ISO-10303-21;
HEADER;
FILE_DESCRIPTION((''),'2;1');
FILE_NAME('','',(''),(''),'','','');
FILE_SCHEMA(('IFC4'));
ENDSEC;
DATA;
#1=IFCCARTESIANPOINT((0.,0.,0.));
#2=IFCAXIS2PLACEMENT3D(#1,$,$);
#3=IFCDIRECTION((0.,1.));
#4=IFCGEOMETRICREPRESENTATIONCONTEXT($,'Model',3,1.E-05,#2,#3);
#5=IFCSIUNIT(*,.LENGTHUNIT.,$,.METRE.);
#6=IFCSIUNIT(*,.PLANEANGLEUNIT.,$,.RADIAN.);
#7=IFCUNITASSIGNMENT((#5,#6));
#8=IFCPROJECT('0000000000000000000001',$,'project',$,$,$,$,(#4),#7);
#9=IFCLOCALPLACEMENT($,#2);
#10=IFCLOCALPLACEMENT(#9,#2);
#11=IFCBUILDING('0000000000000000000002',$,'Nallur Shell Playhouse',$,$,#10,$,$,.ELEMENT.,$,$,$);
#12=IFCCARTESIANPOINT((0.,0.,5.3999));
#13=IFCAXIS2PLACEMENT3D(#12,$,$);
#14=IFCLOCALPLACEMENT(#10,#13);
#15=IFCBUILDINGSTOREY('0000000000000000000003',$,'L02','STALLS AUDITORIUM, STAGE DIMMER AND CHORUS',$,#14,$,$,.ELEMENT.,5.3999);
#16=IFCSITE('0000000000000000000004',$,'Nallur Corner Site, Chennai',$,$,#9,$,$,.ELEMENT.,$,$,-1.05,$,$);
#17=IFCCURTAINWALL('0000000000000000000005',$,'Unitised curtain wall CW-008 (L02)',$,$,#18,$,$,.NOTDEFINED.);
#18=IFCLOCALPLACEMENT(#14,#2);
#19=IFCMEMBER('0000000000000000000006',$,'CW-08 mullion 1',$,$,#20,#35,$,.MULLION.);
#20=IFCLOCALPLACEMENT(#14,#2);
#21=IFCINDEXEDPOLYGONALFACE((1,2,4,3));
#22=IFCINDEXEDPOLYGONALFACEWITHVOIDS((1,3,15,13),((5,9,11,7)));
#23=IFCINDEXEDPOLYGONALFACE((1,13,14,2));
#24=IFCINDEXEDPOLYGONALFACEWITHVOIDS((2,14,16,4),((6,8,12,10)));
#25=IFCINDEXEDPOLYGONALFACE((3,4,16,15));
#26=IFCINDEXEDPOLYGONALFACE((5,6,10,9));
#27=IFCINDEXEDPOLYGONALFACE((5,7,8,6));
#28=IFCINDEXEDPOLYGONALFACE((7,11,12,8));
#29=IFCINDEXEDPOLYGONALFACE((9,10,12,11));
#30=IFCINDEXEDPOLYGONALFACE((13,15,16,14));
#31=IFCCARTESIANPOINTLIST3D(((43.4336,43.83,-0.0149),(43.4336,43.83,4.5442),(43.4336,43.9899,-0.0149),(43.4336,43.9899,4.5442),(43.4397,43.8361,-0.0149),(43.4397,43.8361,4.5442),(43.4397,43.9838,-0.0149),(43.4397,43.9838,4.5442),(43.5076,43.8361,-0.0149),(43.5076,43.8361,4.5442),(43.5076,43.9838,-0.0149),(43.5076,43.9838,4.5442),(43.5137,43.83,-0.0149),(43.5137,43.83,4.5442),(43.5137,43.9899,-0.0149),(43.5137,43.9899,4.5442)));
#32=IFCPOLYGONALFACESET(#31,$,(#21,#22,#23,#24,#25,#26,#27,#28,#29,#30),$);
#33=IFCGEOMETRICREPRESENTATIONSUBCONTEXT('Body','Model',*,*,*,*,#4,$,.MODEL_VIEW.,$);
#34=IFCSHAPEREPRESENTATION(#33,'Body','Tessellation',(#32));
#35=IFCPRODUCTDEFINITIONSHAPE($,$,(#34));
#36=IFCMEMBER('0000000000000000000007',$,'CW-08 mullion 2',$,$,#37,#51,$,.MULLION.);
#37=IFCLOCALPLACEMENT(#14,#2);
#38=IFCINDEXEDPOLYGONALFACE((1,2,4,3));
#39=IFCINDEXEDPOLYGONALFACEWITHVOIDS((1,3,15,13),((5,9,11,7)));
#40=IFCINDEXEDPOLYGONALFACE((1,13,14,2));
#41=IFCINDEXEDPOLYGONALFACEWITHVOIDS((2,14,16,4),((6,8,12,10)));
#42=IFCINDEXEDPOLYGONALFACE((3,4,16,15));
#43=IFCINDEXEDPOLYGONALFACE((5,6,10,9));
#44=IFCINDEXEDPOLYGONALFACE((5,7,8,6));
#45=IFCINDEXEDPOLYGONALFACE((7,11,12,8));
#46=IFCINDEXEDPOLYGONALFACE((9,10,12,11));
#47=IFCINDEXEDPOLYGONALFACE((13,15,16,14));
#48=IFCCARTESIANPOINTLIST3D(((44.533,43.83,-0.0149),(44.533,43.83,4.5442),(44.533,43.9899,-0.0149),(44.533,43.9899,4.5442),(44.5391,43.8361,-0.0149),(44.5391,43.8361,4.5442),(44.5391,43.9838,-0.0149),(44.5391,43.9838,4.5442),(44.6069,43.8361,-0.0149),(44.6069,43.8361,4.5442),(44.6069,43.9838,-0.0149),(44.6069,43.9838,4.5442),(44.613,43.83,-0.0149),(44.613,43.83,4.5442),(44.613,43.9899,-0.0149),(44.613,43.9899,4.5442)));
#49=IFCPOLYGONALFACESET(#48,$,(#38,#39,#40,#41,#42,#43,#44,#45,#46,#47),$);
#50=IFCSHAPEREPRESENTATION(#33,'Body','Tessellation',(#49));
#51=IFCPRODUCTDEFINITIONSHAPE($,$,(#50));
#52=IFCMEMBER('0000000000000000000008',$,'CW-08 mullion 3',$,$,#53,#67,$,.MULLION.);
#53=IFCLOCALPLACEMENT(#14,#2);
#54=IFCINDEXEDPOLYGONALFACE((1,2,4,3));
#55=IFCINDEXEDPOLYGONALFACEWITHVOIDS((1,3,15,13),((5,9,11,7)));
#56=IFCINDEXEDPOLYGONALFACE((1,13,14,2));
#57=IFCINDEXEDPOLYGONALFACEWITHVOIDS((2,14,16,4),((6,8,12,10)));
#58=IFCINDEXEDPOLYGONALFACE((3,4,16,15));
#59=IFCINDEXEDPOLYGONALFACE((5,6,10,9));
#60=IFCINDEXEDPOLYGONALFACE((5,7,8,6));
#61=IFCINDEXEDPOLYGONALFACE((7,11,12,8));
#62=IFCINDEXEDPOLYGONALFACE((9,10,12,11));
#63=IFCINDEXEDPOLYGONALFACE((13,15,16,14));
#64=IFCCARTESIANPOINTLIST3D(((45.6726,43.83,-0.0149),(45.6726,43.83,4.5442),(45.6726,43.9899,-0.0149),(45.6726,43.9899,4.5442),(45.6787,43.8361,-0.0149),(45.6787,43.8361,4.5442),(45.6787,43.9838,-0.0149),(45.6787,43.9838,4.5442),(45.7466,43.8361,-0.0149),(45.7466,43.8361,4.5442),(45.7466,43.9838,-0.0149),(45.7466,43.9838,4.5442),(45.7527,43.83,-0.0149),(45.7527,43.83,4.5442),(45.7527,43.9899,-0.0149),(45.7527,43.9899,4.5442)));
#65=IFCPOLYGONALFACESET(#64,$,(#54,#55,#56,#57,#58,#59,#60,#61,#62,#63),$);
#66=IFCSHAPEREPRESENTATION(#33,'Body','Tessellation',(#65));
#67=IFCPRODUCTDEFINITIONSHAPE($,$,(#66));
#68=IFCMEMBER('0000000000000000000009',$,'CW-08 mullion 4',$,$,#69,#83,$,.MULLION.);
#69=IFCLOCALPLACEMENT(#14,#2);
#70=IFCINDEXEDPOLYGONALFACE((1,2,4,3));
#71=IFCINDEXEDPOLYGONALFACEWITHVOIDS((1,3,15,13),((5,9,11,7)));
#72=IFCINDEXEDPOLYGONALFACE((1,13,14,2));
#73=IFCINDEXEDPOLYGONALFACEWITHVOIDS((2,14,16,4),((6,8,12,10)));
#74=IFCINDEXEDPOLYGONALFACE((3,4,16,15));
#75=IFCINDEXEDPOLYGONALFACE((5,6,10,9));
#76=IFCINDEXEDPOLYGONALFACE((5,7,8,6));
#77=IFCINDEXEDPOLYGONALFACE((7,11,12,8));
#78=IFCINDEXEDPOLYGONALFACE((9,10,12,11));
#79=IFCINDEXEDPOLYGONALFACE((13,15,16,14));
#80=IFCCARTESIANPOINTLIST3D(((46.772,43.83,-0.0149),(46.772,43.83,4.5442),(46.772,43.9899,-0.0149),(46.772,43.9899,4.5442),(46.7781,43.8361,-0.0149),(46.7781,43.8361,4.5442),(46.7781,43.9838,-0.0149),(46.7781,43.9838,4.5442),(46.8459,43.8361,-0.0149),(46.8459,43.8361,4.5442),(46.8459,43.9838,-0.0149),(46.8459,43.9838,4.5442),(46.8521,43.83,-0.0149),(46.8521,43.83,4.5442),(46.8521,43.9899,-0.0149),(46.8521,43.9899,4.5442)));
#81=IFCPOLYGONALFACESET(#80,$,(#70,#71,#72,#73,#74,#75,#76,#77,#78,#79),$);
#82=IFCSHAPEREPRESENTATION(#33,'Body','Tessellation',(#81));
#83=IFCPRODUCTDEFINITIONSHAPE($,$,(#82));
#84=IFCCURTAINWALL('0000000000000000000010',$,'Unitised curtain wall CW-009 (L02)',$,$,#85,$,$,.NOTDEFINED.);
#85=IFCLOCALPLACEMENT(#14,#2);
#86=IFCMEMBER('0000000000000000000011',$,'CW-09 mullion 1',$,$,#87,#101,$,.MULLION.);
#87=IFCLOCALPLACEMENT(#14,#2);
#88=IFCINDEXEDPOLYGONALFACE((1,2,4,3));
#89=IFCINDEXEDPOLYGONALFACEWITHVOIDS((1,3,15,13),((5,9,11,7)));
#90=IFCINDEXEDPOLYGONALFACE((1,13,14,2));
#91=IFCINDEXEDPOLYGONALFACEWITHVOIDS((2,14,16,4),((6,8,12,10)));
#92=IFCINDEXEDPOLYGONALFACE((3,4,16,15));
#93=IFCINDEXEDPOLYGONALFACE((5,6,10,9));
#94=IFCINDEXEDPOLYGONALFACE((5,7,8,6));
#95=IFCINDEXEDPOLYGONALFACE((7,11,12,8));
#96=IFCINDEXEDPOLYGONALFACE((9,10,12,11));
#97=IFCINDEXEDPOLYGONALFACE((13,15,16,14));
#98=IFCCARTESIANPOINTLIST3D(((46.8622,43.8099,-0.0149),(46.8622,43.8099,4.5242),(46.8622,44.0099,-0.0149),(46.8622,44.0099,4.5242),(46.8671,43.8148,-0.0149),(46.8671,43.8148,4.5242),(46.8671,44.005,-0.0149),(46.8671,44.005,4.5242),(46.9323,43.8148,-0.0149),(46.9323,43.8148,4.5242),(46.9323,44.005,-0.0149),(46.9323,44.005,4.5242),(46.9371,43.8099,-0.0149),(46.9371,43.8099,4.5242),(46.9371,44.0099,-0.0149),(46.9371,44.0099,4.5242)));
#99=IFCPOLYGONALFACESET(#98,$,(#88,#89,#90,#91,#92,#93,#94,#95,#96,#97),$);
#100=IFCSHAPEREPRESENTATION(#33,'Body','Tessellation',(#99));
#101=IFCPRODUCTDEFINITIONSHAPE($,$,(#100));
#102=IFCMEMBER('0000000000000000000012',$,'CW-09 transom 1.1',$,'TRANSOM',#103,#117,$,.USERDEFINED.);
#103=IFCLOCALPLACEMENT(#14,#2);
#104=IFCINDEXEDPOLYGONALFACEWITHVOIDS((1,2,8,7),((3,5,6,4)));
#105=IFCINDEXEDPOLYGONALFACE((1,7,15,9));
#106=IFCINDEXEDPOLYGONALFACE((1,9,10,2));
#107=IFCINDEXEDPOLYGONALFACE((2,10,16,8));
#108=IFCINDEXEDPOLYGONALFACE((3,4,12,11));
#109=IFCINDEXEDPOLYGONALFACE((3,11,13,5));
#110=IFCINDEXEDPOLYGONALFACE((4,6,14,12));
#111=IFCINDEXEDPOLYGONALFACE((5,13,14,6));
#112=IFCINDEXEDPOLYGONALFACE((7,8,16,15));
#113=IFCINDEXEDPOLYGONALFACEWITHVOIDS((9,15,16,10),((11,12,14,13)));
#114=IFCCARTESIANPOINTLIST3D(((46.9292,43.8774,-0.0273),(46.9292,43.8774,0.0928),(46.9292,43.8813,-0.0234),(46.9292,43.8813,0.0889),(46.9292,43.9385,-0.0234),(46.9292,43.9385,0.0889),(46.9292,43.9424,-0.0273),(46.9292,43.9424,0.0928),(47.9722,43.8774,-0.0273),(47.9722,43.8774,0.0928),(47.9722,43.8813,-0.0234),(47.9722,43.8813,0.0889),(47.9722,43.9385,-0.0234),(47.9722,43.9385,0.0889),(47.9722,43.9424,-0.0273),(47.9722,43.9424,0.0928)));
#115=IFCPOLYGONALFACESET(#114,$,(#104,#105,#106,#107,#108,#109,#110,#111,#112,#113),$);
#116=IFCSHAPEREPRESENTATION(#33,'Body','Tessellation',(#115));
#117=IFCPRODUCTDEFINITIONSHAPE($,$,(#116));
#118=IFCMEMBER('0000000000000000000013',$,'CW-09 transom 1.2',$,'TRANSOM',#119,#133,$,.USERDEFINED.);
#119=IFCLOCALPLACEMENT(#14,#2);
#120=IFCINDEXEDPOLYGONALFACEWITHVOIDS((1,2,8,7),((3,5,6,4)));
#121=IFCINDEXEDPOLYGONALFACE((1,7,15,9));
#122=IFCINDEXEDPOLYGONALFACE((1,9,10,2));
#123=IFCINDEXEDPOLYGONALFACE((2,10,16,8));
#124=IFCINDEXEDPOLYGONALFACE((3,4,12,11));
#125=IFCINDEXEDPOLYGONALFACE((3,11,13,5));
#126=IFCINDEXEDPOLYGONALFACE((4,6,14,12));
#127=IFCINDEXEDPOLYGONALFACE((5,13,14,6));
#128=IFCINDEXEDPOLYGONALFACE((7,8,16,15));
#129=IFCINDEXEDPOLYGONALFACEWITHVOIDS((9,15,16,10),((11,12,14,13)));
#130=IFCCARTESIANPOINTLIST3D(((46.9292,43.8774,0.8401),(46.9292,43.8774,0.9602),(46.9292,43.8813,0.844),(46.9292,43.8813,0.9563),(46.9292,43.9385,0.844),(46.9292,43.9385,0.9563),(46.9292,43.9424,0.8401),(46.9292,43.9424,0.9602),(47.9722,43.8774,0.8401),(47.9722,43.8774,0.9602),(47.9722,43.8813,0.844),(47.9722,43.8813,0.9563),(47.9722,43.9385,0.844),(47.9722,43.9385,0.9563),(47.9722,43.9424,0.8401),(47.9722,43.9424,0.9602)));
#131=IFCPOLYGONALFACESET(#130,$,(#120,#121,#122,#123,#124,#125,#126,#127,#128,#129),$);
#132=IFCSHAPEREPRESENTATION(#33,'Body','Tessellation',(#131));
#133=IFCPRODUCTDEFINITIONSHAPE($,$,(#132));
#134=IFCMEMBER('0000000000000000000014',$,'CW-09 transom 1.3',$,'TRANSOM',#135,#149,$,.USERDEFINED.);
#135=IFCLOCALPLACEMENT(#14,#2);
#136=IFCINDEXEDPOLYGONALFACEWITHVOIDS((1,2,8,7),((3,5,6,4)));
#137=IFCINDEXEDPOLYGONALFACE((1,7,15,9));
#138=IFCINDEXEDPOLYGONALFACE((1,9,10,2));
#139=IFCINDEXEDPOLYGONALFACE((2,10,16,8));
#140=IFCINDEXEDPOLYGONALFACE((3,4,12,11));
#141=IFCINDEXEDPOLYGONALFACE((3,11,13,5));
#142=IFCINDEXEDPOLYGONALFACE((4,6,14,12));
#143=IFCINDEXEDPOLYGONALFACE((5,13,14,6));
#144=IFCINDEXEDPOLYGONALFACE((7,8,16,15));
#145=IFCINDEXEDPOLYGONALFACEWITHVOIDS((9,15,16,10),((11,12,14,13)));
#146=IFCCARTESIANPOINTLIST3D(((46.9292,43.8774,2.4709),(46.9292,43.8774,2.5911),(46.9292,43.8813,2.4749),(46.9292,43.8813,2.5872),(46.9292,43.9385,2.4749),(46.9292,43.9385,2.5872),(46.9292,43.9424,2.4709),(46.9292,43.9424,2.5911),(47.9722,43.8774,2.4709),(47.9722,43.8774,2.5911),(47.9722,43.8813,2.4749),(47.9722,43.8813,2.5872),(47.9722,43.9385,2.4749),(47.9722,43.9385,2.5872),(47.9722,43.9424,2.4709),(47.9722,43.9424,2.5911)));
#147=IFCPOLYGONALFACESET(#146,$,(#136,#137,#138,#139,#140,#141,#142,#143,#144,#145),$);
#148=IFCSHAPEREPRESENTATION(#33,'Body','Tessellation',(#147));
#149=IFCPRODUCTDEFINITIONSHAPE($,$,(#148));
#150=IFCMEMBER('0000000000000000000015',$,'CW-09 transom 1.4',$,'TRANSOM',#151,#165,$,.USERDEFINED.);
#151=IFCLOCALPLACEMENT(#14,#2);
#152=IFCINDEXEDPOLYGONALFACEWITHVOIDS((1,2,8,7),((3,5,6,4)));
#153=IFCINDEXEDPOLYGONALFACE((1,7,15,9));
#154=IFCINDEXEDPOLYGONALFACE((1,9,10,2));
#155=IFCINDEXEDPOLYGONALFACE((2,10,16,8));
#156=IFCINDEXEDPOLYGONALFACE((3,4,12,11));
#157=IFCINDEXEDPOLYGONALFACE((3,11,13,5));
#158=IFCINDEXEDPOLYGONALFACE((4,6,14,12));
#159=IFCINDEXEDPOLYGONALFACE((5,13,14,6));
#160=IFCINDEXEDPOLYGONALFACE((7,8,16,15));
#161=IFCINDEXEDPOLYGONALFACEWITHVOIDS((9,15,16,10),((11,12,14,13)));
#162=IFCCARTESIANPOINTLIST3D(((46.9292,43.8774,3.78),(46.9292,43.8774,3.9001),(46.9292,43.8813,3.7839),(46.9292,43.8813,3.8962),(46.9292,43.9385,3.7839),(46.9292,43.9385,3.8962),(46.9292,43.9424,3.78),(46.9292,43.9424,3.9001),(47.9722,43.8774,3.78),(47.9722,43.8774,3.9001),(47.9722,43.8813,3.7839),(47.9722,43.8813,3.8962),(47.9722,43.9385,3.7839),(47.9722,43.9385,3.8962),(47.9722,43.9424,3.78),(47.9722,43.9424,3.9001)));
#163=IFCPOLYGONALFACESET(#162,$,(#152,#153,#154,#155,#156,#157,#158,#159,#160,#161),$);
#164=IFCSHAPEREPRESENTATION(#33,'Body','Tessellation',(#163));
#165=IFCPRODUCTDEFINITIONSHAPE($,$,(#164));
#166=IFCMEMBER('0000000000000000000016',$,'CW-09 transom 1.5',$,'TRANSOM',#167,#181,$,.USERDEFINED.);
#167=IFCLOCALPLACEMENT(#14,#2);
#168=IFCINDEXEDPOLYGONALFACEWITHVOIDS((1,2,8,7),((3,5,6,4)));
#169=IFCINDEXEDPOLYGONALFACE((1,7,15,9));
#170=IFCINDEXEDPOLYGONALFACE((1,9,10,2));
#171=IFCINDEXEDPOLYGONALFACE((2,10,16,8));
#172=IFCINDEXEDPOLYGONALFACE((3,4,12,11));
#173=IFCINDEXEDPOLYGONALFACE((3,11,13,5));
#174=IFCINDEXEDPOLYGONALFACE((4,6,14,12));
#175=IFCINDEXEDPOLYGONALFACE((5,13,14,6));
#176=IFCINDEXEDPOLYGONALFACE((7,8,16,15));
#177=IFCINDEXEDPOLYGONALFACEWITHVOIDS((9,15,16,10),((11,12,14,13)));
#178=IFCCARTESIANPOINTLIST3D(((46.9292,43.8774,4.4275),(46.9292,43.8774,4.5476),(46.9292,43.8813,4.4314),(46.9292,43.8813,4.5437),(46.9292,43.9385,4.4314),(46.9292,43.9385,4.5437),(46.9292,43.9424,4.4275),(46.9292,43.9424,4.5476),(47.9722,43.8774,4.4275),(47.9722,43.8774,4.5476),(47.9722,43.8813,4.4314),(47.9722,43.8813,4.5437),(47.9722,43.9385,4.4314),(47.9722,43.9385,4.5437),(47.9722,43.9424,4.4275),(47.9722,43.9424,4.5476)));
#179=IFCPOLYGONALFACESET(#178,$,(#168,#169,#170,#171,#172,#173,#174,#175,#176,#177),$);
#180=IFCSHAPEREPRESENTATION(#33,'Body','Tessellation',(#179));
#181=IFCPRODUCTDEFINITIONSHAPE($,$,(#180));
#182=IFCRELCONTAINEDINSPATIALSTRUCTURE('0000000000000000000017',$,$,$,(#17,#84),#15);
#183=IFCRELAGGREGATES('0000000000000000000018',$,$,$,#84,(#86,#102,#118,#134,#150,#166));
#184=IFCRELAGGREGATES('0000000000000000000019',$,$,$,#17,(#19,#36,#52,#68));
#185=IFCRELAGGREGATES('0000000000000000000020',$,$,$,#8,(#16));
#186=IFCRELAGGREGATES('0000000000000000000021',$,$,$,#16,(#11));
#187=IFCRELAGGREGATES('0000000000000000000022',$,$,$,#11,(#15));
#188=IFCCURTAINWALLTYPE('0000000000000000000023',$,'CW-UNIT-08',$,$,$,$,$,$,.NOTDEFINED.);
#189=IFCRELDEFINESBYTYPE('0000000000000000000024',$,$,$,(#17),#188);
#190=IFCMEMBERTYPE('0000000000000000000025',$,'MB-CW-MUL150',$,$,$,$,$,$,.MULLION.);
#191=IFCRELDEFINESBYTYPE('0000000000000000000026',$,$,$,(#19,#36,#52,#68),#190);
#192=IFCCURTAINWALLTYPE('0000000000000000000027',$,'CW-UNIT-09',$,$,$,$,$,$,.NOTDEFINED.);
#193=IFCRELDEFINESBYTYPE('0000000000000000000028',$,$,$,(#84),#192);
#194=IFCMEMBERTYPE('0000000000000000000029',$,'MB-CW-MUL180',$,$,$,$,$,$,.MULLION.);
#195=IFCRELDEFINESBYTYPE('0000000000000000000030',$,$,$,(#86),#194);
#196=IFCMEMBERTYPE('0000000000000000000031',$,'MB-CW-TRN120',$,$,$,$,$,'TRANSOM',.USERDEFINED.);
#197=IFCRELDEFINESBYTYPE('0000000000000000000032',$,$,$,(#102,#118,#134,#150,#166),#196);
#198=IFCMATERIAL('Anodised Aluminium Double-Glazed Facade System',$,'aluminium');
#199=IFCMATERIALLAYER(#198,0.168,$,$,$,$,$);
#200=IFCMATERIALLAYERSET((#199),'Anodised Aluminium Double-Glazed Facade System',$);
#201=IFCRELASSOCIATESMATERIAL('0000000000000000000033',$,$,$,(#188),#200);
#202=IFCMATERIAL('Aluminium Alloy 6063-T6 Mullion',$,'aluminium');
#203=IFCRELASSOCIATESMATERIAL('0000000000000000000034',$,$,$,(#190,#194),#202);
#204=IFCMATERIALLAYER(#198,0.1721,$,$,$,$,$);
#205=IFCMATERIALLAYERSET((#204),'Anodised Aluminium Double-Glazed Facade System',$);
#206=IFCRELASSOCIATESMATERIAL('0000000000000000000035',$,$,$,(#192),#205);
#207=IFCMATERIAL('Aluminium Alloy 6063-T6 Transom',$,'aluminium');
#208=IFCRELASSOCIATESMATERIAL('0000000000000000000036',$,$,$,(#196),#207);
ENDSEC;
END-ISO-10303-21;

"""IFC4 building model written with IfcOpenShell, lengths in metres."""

from ifc_helpers import new_model, si_unit, direction, frame, origin, origin_2d, place, context, subcontext, project, spatial, hollow_rectangle, extrude, material, layer, layer_set, material_profile, profile_set, type_object, element, aggregate, save


model = new_model("IFC4")

# Units and contexts
model_context = context("Model", 3, precision=1e-05, world=origin(), true_north=direction((0.0, 1.0)))
body_context = subcontext(model_context, "Body", "Model", "MODEL_VIEW")
ifc_project = project(units=[si_unit("LENGTHUNIT", "METRE"), si_unit("PLANEANGLEUNIT", "RADIAN")], contexts=[model_context])

# Site, building, storey
site_placement = place(None, origin())
site = spatial("IfcSite", under=ifc_project, at=site_placement, Name="Nallur Corner Site, Chennai", CompositionType="ELEMENT", RefElevation=-1.05)
building_placement = place(site_placement, origin())
building = spatial("IfcBuilding", under=site, at=building_placement, Name="Nallur Shell Playhouse", CompositionType="ELEMENT")
storey_placement = place(building_placement, frame((0.0, 0.0, 5.3999)))
storey = spatial("IfcBuildingStorey", under=building, at=storey_placement, Name="L02", Description="STALLS AUDITORIUM, STAGE DIMMER AND CHORUS", CompositionType="ELEMENT", Elevation=5.3999)

# Curtain walls, members
ifc_material_1 = material(Name="Anodised Aluminium Double-Glazed Facade System", Category="aluminium")
ifc_layer_1 = layer(ifc_material_1, 0.168)
ifc_layer_set_1 = layer_set([ifc_layer_1], Name="Anodised Aluminium Double-Glazed Facade System")
curtain_wall_type_1 = type_object("IfcCurtainWallType", Name="CW-UNIT-08", PredefinedType="NOTDEFINED", material=ifc_layer_set_1)
curtain_wall_1_placement = place(storey_placement, origin())
curtain_wall_1 = element("IfcCurtainWall", 1, at=curtain_wall_1_placement, inside=storey, type_object=curtain_wall_type_1, Name="Unitised curtain wall CW-008 (L02)", PredefinedType="NOTDEFINED")
ifc_material_2 = material(Name="Aluminium Alloy 6063-T6 Mullion", Category="aluminium")
ifc_material_profile_1 = material_profile(ifc_material_2, hollow_rectangle(XDim=0.0801, YDim=0.1599, WallThickness=0.0061, at=origin_2d()), Name="RHS 160x80x6")
ifc_profile_set_1 = profile_set([ifc_material_profile_1], Name="Aluminium Alloy 6063-T6 Mullion")
member_type_1 = type_object("IfcMemberType", Name="MB-CW-MUL150", PredefinedType="MULLION", material=ifc_profile_set_1)
member_1_placement = place(storey_placement, frame((43.4736, 43.9099, -0.0149), z_axis=(0.0, 0.0, 1.0), x_axis=(1.0, 0.0, 0.0)))
member_1 = element("IfcMember", 2, at=member_1_placement, type_object=member_type_1, Name="CW-08 mullion 1", PredefinedType="MULLION", context=body_context, shape_type="SweptSolid", body=[
    extrude(hollow_rectangle(XDim=0.0801, YDim=0.1599, WallThickness=0.0061, at=origin_2d()), origin(), (0.0, 0.0, 1.0), 4.5591),
])
member_2_placement = place(storey_placement, frame((44.573, 43.9099, -0.0149), z_axis=(0.0, 0.0, 1.0), x_axis=(1.0, 0.0, 0.0)))
member_2 = element("IfcMember", 3, at=member_2_placement, type_object=member_type_1, Name="CW-08 mullion 2", PredefinedType="MULLION", context=body_context, shape_type="SweptSolid", body=[
    extrude(hollow_rectangle(XDim=0.0801, YDim=0.1599, WallThickness=0.0061, at=origin_2d()), origin(), (0.0, 0.0, 1.0), 4.5591),
])
member_3_placement = place(storey_placement, frame((45.7126, 43.9099, -0.0149), z_axis=(0.0, 0.0, 1.0), x_axis=(1.0, 0.0, 0.0)))
member_3 = element("IfcMember", 4, at=member_3_placement, type_object=member_type_1, Name="CW-08 mullion 3", PredefinedType="MULLION", context=body_context, shape_type="SweptSolid", body=[
    extrude(hollow_rectangle(XDim=0.0801, YDim=0.1599, WallThickness=0.0061, at=origin_2d()), origin(), (0.0, 0.0, 1.0), 4.5591),
])
member_4_placement = place(storey_placement, frame((46.812, 43.9099, -0.0149), z_axis=(0.0, 0.0, 1.0), x_axis=(1.0, 0.0, 0.0)))
member_4 = element("IfcMember", 5, at=member_4_placement, type_object=member_type_1, Name="CW-08 mullion 4", PredefinedType="MULLION", context=body_context, shape_type="SweptSolid", body=[
    extrude(hollow_rectangle(XDim=0.0801, YDim=0.1599, WallThickness=0.0061, at=origin_2d()), origin(), (0.0, 0.0, 1.0), 4.5591),
])
ifc_layer_2 = layer(ifc_material_1, 0.1721)
ifc_layer_set_2 = layer_set([ifc_layer_2], Name="Anodised Aluminium Double-Glazed Facade System")
curtain_wall_type_2 = type_object("IfcCurtainWallType", Name="CW-UNIT-09", PredefinedType="NOTDEFINED", material=ifc_layer_set_2)
curtain_wall_2_placement = place(storey_placement, origin())
curtain_wall_2 = element("IfcCurtainWall", 6, at=curtain_wall_2_placement, inside=storey, type_object=curtain_wall_type_2, Name="Unitised curtain wall CW-009 (L02)", PredefinedType="NOTDEFINED")
ifc_material_profile_2 = material_profile(ifc_material_2, hollow_rectangle(XDim=0.075, YDim=0.2, WallThickness=0.0049, at=origin_2d()), Name="ALU 75x200x5")
ifc_profile_set_2 = profile_set([ifc_material_profile_2], Name="Aluminium Alloy 6063-T6 Mullion")
member_type_2 = type_object("IfcMemberType", Name="MB-CW-MUL180", PredefinedType="MULLION", material=ifc_profile_set_2)
member_5_placement = place(storey_placement, frame((46.8997, 43.9099, -0.0149), z_axis=(0.0, 0.0, 1.0), x_axis=(1.0, 0.0, 0.0)))
member_5 = element("IfcMember", 7, at=member_5_placement, type_object=member_type_2, Name="CW-09 mullion 1", PredefinedType="MULLION", context=body_context, shape_type="SweptSolid", body=[
    extrude(hollow_rectangle(XDim=0.075, YDim=0.2, WallThickness=0.0049, at=origin_2d()), origin(), (0.0, 0.0, 1.0), 4.5391),
])
ifc_material_3 = material(Name="Aluminium Alloy 6063-T6 Transom", Category="aluminium")
ifc_material_profile_3 = material_profile(ifc_material_3, hollow_rectangle(XDim=0.0649, YDim=0.1201, WallThickness=0.0039, at=origin_2d()), Name="ALU 65x120x4")
ifc_profile_set_3 = profile_set([ifc_material_profile_3], Name="Aluminium Alloy 6063-T6 Transom")
member_type_3 = type_object("IfcMemberType", Name="MB-CW-TRN120", ElementType="TRANSOM", PredefinedType="USERDEFINED", material=ifc_profile_set_3)
member_6_placement = place(storey_placement, frame((46.9292, 43.9099, 0.0327), z_axis=(1.0, 0.0, 0.0), x_axis=(0.0, 1.0, 0.0)))
member_6 = element("IfcMember", 8, at=member_6_placement, type_object=member_type_3, Name="CW-09 transom 1.1", ObjectType="TRANSOM", PredefinedType="USERDEFINED", context=body_context, shape_type="SweptSolid", body=[
    extrude(hollow_rectangle(XDim=0.0649, YDim=0.1201, WallThickness=0.0039, at=origin_2d()), origin(), (0.0, 0.0, 1.0), 1.043),
])
member_7_placement = place(storey_placement, frame((46.9292, 43.9099, 0.9001), z_axis=(1.0, 0.0, 0.0), x_axis=(0.0, 1.0, 0.0)))
member_7 = element("IfcMember", 9, at=member_7_placement, type_object=member_type_3, Name="CW-09 transom 1.2", ObjectType="TRANSOM", PredefinedType="USERDEFINED", context=body_context, shape_type="SweptSolid", body=[
    extrude(hollow_rectangle(XDim=0.0649, YDim=0.1201, WallThickness=0.0039, at=origin_2d()), origin(), (0.0, 0.0, 1.0), 1.043),
])
member_8_placement = place(storey_placement, frame((46.9292, 43.9099, 2.531), z_axis=(1.0, 0.0, 0.0), x_axis=(0.0, 1.0, 0.0)))
member_8 = element("IfcMember", 10, at=member_8_placement, type_object=member_type_3, Name="CW-09 transom 1.3", ObjectType="TRANSOM", PredefinedType="USERDEFINED", context=body_context, shape_type="SweptSolid", body=[
    extrude(hollow_rectangle(XDim=0.0649, YDim=0.1201, WallThickness=0.0039, at=origin_2d()), origin(), (0.0, 0.0, 1.0), 1.043),
])
member_9_placement = place(storey_placement, frame((46.9292, 43.9099, 3.8401), z_axis=(1.0, 0.0, 0.0), x_axis=(0.0, 1.0, 0.0)))
member_9 = element("IfcMember", 11, at=member_9_placement, type_object=member_type_3, Name="CW-09 transom 1.4", ObjectType="TRANSOM", PredefinedType="USERDEFINED", context=body_context, shape_type="SweptSolid", body=[
    extrude(hollow_rectangle(XDim=0.0649, YDim=0.1201, WallThickness=0.0039, at=origin_2d()), origin(), (0.0, 0.0, 1.0), 1.043),
])
member_10_placement = place(storey_placement, frame((46.9292, 43.9099, 4.4875), z_axis=(1.0, 0.0, 0.0), x_axis=(0.0, 1.0, 0.0)))
member_10 = element("IfcMember", 12, at=member_10_placement, type_object=member_type_3, Name="CW-09 transom 1.5", ObjectType="TRANSOM", PredefinedType="USERDEFINED", context=body_context, shape_type="SweptSolid", body=[
    extrude(hollow_rectangle(XDim=0.0649, YDim=0.1201, WallThickness=0.0039, at=origin_2d()), origin(), (0.0, 0.0, 1.0), 1.043),
])

aggregate(curtain_wall_2, [member_5, member_6, member_7, member_8, member_9, member_10])
aggregate(curtain_wall_1, [member_1, member_2, member_3, member_4])

save(model, "model.ifc")
